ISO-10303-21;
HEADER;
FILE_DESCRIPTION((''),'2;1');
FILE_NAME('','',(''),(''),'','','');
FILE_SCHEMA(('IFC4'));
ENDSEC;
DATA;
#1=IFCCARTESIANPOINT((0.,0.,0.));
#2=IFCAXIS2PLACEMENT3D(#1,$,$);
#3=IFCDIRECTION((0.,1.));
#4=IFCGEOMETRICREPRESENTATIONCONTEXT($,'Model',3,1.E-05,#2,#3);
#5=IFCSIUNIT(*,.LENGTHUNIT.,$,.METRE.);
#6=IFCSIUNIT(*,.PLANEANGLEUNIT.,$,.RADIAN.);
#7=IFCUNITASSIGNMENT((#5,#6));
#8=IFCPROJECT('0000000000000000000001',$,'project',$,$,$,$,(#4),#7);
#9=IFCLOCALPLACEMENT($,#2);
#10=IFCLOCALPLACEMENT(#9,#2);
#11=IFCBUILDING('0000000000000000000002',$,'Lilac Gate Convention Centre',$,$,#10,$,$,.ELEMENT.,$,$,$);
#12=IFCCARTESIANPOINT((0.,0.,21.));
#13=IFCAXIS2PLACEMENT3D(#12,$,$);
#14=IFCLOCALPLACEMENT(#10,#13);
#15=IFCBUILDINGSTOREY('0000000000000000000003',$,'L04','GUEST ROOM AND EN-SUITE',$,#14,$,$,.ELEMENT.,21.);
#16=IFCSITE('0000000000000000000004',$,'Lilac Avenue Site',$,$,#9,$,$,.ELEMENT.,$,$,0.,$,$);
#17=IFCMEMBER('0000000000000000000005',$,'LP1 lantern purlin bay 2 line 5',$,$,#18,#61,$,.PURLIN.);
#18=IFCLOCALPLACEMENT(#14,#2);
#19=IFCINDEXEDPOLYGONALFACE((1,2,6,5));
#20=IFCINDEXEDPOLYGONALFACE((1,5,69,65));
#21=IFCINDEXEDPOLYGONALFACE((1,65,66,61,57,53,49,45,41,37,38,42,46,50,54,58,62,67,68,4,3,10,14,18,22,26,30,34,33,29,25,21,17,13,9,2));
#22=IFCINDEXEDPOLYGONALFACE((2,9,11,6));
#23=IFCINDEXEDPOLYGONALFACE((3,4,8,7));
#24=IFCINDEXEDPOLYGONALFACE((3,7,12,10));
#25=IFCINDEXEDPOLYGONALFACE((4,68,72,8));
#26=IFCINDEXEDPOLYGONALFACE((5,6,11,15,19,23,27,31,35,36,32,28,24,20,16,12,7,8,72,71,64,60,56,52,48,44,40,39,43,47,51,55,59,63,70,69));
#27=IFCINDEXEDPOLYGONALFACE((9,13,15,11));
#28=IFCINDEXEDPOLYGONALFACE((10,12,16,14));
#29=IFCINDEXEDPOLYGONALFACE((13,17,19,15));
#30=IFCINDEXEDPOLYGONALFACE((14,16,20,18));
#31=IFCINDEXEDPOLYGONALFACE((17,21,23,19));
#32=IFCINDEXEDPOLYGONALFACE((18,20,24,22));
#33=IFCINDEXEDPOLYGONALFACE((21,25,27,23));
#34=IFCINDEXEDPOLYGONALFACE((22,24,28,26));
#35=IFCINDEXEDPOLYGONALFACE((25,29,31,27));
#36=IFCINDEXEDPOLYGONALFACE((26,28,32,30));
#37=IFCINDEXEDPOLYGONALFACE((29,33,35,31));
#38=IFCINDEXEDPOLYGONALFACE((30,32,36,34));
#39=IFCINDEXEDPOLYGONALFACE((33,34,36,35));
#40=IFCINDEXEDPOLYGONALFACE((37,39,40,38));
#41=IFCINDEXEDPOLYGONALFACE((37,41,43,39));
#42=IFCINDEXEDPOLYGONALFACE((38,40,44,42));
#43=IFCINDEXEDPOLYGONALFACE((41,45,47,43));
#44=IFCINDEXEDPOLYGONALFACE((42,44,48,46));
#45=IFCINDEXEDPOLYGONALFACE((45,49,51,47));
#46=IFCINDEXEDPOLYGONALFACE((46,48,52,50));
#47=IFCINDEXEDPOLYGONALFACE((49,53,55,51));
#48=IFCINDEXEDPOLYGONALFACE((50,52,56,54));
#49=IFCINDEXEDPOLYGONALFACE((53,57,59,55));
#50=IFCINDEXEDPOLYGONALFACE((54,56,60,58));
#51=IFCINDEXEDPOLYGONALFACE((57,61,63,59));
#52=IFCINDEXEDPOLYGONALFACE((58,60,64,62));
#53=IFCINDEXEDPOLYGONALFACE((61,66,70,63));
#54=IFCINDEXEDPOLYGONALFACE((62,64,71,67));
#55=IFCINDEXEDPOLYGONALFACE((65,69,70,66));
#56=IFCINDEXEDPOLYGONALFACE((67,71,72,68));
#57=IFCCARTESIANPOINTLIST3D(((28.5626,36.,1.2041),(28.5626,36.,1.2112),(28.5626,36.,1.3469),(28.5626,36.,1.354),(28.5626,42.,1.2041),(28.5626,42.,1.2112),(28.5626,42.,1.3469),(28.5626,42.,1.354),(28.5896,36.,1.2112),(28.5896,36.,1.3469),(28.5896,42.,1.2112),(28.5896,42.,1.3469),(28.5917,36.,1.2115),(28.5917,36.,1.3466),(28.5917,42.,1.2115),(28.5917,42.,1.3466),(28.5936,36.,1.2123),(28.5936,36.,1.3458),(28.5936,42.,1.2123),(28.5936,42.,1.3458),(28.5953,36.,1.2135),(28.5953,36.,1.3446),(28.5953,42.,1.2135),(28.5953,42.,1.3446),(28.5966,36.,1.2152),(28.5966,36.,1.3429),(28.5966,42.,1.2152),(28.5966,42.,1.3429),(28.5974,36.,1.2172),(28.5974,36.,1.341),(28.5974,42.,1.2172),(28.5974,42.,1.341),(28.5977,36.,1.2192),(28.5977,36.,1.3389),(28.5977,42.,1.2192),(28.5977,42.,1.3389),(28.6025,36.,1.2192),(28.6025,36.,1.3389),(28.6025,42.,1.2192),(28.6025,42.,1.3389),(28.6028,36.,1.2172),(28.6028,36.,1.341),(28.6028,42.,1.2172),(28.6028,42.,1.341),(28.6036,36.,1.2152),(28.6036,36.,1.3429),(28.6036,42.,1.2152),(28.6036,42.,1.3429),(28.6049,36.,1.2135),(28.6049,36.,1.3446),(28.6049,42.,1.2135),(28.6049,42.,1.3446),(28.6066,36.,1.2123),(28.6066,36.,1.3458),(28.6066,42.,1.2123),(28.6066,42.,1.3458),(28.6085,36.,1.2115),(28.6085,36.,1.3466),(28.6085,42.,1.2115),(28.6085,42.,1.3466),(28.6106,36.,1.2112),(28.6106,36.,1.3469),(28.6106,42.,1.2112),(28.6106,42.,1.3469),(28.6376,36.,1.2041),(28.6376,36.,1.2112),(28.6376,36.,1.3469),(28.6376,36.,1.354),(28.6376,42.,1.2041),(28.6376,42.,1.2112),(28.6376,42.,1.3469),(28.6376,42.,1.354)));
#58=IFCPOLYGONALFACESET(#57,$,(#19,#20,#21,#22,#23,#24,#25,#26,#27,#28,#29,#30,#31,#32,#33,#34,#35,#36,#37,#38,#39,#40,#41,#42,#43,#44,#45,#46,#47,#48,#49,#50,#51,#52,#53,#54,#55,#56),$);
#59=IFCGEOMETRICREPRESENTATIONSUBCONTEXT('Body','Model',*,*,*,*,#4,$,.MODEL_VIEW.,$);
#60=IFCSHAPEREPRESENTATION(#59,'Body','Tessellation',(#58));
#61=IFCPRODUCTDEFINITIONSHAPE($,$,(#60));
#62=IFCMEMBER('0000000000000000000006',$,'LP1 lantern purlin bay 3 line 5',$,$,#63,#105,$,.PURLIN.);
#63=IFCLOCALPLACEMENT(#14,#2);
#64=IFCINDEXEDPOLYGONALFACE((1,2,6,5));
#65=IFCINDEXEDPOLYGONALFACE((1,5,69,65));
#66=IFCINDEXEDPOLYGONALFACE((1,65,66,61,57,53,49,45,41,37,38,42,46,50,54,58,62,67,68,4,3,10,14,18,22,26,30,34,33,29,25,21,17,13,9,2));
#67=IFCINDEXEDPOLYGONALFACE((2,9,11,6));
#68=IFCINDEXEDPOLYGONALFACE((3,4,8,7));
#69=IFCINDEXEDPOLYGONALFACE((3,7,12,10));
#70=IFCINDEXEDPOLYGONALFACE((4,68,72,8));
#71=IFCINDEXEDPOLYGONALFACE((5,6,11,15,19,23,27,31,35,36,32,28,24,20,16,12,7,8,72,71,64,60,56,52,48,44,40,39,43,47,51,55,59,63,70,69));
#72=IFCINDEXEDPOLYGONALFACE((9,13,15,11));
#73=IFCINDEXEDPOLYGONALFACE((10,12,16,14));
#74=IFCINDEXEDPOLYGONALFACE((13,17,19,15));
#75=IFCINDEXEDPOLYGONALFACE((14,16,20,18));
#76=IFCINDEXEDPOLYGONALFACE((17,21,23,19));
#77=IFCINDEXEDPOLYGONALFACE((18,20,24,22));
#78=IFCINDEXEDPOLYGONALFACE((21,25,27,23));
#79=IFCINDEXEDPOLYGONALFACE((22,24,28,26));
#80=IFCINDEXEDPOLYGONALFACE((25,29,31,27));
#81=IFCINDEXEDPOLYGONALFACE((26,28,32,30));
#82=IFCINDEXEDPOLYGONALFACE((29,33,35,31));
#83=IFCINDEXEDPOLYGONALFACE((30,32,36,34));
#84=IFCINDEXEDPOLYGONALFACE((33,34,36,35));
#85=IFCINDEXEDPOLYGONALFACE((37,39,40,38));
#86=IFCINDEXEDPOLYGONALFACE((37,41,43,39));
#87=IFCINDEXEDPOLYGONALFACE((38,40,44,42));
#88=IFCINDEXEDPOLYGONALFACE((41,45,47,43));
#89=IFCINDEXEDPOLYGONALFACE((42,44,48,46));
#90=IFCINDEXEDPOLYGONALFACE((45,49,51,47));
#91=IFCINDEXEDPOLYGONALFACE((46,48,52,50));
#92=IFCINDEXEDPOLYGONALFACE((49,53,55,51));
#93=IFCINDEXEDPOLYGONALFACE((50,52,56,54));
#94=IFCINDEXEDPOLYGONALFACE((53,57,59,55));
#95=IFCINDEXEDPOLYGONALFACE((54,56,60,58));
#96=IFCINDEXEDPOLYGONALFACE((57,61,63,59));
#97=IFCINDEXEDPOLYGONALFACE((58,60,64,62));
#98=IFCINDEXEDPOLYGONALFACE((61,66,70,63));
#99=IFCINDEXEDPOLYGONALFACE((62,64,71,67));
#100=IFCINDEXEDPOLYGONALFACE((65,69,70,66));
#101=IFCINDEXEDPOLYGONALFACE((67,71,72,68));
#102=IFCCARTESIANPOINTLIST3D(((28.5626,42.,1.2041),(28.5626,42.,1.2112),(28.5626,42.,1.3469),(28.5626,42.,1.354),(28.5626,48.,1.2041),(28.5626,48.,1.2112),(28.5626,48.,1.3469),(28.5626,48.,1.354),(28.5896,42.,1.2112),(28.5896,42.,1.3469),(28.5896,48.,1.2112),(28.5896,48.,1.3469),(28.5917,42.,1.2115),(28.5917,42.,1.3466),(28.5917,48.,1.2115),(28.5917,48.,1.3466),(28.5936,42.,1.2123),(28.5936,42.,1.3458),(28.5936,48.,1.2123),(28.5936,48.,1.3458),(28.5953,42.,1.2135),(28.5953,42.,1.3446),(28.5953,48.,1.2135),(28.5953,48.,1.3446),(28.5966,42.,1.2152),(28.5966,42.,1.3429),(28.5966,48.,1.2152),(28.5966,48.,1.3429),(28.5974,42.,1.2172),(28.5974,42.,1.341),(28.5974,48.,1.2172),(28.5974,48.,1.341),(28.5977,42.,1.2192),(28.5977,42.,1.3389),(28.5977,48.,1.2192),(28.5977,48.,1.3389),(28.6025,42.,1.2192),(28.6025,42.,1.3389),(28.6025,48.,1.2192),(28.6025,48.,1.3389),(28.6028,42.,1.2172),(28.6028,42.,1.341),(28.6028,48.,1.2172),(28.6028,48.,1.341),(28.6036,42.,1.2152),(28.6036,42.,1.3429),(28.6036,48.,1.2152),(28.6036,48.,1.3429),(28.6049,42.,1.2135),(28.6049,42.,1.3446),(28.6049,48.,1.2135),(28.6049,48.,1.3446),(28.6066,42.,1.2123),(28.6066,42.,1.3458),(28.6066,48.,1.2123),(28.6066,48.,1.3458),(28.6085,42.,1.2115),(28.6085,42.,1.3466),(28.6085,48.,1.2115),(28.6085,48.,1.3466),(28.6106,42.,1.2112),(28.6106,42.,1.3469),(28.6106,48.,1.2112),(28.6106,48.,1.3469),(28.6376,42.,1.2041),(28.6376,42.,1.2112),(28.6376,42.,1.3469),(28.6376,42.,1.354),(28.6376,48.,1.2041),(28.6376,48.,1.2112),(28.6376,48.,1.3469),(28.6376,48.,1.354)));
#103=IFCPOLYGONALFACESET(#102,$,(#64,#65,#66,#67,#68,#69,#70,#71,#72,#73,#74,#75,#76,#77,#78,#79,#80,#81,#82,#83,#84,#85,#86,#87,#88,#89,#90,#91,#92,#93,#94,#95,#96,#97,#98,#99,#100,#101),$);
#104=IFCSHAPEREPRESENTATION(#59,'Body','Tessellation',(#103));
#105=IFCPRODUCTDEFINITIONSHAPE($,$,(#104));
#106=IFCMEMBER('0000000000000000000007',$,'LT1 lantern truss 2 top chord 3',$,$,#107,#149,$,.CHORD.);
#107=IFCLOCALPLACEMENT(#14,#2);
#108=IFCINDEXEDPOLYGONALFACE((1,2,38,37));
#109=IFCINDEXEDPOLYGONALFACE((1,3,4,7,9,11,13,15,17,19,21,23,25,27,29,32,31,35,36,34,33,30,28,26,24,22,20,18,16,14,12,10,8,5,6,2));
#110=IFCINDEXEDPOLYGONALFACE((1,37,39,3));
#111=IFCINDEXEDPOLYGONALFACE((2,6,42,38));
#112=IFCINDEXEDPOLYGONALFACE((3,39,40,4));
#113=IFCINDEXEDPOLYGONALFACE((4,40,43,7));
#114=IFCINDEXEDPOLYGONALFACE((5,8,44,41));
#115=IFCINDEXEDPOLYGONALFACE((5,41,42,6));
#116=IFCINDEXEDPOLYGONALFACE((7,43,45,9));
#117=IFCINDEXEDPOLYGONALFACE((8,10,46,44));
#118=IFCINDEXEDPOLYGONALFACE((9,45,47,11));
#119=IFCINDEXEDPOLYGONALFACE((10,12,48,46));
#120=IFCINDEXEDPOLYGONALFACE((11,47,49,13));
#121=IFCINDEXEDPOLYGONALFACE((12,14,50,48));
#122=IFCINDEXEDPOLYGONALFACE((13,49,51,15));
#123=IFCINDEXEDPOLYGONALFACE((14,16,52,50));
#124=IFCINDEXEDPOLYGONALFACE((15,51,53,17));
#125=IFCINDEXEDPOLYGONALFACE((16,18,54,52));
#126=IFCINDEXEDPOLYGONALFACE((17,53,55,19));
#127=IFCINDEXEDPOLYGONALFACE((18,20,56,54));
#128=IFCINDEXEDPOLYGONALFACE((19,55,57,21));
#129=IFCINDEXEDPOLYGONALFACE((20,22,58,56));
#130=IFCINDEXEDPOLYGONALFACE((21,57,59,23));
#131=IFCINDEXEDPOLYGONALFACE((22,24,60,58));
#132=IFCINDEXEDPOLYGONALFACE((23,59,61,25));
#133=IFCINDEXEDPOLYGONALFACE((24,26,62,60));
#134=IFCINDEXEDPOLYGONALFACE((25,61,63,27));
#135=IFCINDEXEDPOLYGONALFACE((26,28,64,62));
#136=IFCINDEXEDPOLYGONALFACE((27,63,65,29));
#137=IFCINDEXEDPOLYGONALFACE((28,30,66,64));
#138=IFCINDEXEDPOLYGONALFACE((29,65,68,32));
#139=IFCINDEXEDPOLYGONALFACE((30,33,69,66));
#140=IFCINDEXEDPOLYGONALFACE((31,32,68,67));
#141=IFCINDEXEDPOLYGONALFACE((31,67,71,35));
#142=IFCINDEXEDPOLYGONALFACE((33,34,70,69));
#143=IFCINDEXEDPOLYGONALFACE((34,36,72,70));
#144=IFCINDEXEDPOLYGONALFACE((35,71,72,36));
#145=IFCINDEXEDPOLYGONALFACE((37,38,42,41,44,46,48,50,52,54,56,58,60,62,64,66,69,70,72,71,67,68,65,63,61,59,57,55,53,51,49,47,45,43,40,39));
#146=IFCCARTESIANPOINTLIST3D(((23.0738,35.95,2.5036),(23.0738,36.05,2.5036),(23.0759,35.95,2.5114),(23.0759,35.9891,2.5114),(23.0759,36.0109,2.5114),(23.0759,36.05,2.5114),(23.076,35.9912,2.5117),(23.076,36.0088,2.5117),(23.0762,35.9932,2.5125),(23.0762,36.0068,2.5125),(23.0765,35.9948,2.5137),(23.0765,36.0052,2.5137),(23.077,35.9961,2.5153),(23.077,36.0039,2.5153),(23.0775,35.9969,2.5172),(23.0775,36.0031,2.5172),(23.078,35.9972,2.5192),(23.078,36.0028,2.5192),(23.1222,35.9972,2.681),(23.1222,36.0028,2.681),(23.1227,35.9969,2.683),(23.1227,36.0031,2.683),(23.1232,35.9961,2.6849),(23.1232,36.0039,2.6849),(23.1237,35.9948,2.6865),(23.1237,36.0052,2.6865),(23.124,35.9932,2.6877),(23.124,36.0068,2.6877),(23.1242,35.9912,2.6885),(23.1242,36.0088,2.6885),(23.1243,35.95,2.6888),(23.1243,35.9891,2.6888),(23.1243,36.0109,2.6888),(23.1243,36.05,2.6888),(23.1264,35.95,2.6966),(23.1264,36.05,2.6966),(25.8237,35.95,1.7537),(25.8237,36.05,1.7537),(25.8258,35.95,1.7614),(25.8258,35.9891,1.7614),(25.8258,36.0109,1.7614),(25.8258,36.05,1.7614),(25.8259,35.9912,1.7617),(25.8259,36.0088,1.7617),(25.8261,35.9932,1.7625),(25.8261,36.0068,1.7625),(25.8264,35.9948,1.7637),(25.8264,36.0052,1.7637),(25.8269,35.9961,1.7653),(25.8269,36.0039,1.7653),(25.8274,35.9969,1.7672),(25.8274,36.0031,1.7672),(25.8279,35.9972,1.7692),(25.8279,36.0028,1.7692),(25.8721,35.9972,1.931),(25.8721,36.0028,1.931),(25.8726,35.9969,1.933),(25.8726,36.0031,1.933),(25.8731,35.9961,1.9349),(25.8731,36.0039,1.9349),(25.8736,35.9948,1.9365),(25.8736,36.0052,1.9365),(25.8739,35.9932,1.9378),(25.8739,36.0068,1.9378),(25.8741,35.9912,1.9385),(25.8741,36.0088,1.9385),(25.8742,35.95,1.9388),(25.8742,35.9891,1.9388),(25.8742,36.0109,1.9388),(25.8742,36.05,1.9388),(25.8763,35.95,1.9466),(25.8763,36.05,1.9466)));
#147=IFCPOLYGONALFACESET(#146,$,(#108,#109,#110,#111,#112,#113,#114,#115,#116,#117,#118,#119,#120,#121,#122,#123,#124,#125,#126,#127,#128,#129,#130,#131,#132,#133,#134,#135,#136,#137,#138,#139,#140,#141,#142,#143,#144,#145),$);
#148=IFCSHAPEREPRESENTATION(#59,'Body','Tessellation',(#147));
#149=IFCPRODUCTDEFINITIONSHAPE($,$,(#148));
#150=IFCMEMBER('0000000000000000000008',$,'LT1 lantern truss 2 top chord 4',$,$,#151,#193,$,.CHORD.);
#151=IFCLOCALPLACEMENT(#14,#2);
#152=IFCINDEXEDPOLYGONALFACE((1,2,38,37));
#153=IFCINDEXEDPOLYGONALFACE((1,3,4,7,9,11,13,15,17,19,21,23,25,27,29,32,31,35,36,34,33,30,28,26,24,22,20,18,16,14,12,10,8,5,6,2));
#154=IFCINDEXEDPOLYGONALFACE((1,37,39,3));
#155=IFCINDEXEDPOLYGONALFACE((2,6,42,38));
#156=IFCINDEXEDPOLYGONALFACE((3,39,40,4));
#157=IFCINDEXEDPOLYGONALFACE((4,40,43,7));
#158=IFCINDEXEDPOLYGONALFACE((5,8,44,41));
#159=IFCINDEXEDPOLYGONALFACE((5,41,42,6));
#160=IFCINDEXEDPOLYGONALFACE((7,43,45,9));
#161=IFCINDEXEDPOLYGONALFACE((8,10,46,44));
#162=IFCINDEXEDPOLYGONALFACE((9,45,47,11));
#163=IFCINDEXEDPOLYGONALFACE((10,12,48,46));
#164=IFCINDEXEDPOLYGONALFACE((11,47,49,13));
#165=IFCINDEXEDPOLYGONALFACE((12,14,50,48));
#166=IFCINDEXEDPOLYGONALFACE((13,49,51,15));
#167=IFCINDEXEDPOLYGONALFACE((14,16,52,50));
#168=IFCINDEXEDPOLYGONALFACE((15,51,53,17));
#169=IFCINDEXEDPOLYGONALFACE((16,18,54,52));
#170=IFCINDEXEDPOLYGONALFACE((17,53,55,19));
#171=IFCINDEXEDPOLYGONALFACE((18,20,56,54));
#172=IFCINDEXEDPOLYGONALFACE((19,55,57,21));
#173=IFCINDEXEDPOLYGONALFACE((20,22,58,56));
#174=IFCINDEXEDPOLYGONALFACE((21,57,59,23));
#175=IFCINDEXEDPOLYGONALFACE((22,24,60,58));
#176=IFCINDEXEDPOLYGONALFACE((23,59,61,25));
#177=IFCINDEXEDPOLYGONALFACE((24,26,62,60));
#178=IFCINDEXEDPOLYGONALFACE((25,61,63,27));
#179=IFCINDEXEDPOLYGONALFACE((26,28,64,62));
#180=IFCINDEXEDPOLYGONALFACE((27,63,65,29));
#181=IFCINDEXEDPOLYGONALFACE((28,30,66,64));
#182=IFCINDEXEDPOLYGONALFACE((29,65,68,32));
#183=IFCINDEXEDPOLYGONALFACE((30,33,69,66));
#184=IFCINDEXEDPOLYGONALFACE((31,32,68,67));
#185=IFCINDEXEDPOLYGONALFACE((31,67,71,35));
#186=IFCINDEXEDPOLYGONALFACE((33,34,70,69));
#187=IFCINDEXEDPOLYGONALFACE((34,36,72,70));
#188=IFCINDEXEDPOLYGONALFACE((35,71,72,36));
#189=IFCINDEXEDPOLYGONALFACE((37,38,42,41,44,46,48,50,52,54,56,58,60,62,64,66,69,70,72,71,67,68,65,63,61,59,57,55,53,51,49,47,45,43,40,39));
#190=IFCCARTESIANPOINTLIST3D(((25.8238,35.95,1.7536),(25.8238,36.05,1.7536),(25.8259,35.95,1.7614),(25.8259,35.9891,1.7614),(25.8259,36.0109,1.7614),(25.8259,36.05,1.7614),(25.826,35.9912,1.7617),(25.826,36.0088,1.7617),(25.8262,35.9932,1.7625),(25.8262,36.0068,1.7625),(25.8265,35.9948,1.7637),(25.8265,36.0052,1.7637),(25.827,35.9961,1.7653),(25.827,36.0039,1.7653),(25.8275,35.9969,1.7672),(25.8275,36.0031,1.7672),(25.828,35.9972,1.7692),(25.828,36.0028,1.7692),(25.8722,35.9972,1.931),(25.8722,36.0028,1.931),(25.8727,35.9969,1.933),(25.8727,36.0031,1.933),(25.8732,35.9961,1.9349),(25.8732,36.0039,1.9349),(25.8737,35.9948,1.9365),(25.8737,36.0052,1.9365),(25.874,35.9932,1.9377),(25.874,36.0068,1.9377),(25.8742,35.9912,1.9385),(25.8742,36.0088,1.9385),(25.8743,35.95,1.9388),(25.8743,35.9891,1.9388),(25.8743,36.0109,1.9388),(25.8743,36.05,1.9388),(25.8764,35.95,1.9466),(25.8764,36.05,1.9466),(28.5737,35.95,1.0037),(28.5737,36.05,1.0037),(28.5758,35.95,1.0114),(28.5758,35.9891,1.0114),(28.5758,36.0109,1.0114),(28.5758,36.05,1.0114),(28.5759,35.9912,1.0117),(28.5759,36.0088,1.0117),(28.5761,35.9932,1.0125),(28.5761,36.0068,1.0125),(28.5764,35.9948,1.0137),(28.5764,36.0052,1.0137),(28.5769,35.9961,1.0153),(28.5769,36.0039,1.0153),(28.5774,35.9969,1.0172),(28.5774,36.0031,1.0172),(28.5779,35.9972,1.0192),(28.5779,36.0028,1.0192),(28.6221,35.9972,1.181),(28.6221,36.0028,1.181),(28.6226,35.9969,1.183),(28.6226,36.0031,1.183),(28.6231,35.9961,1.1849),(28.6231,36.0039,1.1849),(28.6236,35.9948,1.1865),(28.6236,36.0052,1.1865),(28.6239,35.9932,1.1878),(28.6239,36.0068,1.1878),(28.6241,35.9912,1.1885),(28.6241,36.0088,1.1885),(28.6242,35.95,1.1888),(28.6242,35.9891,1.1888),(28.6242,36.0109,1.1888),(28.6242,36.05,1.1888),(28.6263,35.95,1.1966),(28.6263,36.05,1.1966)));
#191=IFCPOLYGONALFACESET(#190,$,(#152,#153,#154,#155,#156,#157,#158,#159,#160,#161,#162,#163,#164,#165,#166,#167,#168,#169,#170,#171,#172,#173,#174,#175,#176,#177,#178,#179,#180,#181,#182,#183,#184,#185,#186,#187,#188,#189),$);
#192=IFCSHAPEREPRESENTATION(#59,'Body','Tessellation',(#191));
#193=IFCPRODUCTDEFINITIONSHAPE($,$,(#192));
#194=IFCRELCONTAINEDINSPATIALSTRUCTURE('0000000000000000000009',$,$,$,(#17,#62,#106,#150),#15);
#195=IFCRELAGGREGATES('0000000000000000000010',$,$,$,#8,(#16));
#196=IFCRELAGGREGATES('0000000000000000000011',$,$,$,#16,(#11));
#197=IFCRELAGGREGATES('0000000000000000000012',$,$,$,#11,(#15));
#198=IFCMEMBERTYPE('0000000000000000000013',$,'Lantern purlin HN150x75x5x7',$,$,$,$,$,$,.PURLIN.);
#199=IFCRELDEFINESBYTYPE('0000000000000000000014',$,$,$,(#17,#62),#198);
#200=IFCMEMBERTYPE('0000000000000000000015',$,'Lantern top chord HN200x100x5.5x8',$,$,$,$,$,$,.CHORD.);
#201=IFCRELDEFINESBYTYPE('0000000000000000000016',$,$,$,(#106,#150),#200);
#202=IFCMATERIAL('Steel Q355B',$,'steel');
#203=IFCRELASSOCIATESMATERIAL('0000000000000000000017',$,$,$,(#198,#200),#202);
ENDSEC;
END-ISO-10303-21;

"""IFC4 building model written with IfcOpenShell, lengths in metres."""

from ifc_helpers import new_model, si_unit, direction, frame, origin, origin_2d, place, context, subcontext, project, spatial, i_section, extrude, material, material_profile, profile_set, type_object, element, save


model = new_model("IFC4")

# Units and contexts
model_context = context("Model", 3, precision=1e-05, world=origin(), true_north=direction((0.0, 1.0)))
body_context = subcontext(model_context, "Body", "Model", "MODEL_VIEW")
ifc_project = project(units=[si_unit("LENGTHUNIT", "METRE"), si_unit("PLANEANGLEUNIT", "RADIAN")], contexts=[model_context])

# Site, building, storey
site_placement = place(None, origin())
site = spatial("IfcSite", under=ifc_project, at=site_placement, Name="Lilac Avenue Site", CompositionType="ELEMENT", RefElevation=0.0)
building_placement = place(site_placement, origin())
building = spatial("IfcBuilding", under=site, at=building_placement, Name="Lilac Gate Convention Centre", CompositionType="ELEMENT")
storey_placement = place(building_placement, frame((0.0, 0.0, 21.0)))
storey = spatial("IfcBuildingStorey", under=building, at=storey_placement, Name="L04", Description="GUEST ROOM AND EN-SUITE", CompositionType="ELEMENT", Elevation=21.0)

# Members
ifc_material_1 = material(Name="Steel Q355B", Category="steel")
ifc_material_profile_1 = material_profile(ifc_material_1, i_section(OverallWidth=0.075, OverallDepth=0.1499, WebThickness=0.0049, FlangeThickness=0.0071, FilletRadius=0.0081, at=origin_2d()), Name="HN150x75x5x7")
ifc_profile_set_1 = profile_set([ifc_material_profile_1], Name="Steel Q355B")
member_type_1 = type_object("IfcMemberType", Name="Lantern purlin HN150x75x5x7", PredefinedType="PURLIN", material=ifc_profile_set_1)
for number, where, z_axis, x_axis, name in (
    (1, (28.6001, 36.0, 1.2791), (0.0, 1.0, 0.0), (-1.0, 0.0, 0.0), "LP1 lantern purlin bay 2 line 5"),
    (2, (28.6001, 42.0, 1.2791), (0.0, 1.0, 0.0), (-1.0, 0.0, 0.0), "LP1 lantern purlin bay 3 line 5"),
):
    element("IfcMember", number, at=place(storey_placement, frame(where, z_axis=z_axis, x_axis=x_axis)), inside=storey, type_object=member_type_1, Name=name, PredefinedType="PURLIN", context=body_context, shape_type="SweptSolid", body=[
        extrude(i_section(OverallWidth=0.075, OverallDepth=0.1499, WebThickness=0.0049, FlangeThickness=0.0071, FilletRadius=0.0081, at=origin_2d()), origin(), (0.0, 0.0, 1.0), 6.0),
    ])
ifc_material_profile_2 = material_profile(ifc_material_1, i_section(OverallWidth=0.1001, OverallDepth=0.2, WebThickness=0.0056, FlangeThickness=0.0081, FilletRadius=0.0081, at=origin_2d()), Name="HN200x100x5.5x8")
ifc_profile_set_2 = profile_set([ifc_material_profile_2], Name="Steel Q355B")
member_type_2 = type_object("IfcMemberType", Name="Lantern top chord HN200x100x5.5x8", PredefinedType="CHORD", material=ifc_profile_set_2)
for number, where, z_axis, x_axis, name in (
    (3, (23.1001, 36.0, 2.6001), (0.964764, 0.0, -0.263117), (0.0, 1.0, 0.0), "LT1 lantern truss 2 top chord 3"),
    (4, (25.8501, 36.0, 1.8501), (0.964764, 0.0, -0.263117), (0.0, 1.0, 0.0), "LT1 lantern truss 2 top chord 4"),
):
    element("IfcMember", number, at=place(storey_placement, frame(where, z_axis=z_axis, x_axis=x_axis)), inside=storey, type_object=member_type_2, Name=name, PredefinedType="CHORD", context=body_context, shape_type="SweptSolid", body=[
        extrude(i_section(OverallWidth=0.1001, OverallDepth=0.2, WebThickness=0.0056, FlangeThickness=0.0081, FilletRadius=0.0081, at=origin_2d()), origin(), (0.0, 0.0, 1.0), 2.8503),
    ])

save(model, "model.ifc")
